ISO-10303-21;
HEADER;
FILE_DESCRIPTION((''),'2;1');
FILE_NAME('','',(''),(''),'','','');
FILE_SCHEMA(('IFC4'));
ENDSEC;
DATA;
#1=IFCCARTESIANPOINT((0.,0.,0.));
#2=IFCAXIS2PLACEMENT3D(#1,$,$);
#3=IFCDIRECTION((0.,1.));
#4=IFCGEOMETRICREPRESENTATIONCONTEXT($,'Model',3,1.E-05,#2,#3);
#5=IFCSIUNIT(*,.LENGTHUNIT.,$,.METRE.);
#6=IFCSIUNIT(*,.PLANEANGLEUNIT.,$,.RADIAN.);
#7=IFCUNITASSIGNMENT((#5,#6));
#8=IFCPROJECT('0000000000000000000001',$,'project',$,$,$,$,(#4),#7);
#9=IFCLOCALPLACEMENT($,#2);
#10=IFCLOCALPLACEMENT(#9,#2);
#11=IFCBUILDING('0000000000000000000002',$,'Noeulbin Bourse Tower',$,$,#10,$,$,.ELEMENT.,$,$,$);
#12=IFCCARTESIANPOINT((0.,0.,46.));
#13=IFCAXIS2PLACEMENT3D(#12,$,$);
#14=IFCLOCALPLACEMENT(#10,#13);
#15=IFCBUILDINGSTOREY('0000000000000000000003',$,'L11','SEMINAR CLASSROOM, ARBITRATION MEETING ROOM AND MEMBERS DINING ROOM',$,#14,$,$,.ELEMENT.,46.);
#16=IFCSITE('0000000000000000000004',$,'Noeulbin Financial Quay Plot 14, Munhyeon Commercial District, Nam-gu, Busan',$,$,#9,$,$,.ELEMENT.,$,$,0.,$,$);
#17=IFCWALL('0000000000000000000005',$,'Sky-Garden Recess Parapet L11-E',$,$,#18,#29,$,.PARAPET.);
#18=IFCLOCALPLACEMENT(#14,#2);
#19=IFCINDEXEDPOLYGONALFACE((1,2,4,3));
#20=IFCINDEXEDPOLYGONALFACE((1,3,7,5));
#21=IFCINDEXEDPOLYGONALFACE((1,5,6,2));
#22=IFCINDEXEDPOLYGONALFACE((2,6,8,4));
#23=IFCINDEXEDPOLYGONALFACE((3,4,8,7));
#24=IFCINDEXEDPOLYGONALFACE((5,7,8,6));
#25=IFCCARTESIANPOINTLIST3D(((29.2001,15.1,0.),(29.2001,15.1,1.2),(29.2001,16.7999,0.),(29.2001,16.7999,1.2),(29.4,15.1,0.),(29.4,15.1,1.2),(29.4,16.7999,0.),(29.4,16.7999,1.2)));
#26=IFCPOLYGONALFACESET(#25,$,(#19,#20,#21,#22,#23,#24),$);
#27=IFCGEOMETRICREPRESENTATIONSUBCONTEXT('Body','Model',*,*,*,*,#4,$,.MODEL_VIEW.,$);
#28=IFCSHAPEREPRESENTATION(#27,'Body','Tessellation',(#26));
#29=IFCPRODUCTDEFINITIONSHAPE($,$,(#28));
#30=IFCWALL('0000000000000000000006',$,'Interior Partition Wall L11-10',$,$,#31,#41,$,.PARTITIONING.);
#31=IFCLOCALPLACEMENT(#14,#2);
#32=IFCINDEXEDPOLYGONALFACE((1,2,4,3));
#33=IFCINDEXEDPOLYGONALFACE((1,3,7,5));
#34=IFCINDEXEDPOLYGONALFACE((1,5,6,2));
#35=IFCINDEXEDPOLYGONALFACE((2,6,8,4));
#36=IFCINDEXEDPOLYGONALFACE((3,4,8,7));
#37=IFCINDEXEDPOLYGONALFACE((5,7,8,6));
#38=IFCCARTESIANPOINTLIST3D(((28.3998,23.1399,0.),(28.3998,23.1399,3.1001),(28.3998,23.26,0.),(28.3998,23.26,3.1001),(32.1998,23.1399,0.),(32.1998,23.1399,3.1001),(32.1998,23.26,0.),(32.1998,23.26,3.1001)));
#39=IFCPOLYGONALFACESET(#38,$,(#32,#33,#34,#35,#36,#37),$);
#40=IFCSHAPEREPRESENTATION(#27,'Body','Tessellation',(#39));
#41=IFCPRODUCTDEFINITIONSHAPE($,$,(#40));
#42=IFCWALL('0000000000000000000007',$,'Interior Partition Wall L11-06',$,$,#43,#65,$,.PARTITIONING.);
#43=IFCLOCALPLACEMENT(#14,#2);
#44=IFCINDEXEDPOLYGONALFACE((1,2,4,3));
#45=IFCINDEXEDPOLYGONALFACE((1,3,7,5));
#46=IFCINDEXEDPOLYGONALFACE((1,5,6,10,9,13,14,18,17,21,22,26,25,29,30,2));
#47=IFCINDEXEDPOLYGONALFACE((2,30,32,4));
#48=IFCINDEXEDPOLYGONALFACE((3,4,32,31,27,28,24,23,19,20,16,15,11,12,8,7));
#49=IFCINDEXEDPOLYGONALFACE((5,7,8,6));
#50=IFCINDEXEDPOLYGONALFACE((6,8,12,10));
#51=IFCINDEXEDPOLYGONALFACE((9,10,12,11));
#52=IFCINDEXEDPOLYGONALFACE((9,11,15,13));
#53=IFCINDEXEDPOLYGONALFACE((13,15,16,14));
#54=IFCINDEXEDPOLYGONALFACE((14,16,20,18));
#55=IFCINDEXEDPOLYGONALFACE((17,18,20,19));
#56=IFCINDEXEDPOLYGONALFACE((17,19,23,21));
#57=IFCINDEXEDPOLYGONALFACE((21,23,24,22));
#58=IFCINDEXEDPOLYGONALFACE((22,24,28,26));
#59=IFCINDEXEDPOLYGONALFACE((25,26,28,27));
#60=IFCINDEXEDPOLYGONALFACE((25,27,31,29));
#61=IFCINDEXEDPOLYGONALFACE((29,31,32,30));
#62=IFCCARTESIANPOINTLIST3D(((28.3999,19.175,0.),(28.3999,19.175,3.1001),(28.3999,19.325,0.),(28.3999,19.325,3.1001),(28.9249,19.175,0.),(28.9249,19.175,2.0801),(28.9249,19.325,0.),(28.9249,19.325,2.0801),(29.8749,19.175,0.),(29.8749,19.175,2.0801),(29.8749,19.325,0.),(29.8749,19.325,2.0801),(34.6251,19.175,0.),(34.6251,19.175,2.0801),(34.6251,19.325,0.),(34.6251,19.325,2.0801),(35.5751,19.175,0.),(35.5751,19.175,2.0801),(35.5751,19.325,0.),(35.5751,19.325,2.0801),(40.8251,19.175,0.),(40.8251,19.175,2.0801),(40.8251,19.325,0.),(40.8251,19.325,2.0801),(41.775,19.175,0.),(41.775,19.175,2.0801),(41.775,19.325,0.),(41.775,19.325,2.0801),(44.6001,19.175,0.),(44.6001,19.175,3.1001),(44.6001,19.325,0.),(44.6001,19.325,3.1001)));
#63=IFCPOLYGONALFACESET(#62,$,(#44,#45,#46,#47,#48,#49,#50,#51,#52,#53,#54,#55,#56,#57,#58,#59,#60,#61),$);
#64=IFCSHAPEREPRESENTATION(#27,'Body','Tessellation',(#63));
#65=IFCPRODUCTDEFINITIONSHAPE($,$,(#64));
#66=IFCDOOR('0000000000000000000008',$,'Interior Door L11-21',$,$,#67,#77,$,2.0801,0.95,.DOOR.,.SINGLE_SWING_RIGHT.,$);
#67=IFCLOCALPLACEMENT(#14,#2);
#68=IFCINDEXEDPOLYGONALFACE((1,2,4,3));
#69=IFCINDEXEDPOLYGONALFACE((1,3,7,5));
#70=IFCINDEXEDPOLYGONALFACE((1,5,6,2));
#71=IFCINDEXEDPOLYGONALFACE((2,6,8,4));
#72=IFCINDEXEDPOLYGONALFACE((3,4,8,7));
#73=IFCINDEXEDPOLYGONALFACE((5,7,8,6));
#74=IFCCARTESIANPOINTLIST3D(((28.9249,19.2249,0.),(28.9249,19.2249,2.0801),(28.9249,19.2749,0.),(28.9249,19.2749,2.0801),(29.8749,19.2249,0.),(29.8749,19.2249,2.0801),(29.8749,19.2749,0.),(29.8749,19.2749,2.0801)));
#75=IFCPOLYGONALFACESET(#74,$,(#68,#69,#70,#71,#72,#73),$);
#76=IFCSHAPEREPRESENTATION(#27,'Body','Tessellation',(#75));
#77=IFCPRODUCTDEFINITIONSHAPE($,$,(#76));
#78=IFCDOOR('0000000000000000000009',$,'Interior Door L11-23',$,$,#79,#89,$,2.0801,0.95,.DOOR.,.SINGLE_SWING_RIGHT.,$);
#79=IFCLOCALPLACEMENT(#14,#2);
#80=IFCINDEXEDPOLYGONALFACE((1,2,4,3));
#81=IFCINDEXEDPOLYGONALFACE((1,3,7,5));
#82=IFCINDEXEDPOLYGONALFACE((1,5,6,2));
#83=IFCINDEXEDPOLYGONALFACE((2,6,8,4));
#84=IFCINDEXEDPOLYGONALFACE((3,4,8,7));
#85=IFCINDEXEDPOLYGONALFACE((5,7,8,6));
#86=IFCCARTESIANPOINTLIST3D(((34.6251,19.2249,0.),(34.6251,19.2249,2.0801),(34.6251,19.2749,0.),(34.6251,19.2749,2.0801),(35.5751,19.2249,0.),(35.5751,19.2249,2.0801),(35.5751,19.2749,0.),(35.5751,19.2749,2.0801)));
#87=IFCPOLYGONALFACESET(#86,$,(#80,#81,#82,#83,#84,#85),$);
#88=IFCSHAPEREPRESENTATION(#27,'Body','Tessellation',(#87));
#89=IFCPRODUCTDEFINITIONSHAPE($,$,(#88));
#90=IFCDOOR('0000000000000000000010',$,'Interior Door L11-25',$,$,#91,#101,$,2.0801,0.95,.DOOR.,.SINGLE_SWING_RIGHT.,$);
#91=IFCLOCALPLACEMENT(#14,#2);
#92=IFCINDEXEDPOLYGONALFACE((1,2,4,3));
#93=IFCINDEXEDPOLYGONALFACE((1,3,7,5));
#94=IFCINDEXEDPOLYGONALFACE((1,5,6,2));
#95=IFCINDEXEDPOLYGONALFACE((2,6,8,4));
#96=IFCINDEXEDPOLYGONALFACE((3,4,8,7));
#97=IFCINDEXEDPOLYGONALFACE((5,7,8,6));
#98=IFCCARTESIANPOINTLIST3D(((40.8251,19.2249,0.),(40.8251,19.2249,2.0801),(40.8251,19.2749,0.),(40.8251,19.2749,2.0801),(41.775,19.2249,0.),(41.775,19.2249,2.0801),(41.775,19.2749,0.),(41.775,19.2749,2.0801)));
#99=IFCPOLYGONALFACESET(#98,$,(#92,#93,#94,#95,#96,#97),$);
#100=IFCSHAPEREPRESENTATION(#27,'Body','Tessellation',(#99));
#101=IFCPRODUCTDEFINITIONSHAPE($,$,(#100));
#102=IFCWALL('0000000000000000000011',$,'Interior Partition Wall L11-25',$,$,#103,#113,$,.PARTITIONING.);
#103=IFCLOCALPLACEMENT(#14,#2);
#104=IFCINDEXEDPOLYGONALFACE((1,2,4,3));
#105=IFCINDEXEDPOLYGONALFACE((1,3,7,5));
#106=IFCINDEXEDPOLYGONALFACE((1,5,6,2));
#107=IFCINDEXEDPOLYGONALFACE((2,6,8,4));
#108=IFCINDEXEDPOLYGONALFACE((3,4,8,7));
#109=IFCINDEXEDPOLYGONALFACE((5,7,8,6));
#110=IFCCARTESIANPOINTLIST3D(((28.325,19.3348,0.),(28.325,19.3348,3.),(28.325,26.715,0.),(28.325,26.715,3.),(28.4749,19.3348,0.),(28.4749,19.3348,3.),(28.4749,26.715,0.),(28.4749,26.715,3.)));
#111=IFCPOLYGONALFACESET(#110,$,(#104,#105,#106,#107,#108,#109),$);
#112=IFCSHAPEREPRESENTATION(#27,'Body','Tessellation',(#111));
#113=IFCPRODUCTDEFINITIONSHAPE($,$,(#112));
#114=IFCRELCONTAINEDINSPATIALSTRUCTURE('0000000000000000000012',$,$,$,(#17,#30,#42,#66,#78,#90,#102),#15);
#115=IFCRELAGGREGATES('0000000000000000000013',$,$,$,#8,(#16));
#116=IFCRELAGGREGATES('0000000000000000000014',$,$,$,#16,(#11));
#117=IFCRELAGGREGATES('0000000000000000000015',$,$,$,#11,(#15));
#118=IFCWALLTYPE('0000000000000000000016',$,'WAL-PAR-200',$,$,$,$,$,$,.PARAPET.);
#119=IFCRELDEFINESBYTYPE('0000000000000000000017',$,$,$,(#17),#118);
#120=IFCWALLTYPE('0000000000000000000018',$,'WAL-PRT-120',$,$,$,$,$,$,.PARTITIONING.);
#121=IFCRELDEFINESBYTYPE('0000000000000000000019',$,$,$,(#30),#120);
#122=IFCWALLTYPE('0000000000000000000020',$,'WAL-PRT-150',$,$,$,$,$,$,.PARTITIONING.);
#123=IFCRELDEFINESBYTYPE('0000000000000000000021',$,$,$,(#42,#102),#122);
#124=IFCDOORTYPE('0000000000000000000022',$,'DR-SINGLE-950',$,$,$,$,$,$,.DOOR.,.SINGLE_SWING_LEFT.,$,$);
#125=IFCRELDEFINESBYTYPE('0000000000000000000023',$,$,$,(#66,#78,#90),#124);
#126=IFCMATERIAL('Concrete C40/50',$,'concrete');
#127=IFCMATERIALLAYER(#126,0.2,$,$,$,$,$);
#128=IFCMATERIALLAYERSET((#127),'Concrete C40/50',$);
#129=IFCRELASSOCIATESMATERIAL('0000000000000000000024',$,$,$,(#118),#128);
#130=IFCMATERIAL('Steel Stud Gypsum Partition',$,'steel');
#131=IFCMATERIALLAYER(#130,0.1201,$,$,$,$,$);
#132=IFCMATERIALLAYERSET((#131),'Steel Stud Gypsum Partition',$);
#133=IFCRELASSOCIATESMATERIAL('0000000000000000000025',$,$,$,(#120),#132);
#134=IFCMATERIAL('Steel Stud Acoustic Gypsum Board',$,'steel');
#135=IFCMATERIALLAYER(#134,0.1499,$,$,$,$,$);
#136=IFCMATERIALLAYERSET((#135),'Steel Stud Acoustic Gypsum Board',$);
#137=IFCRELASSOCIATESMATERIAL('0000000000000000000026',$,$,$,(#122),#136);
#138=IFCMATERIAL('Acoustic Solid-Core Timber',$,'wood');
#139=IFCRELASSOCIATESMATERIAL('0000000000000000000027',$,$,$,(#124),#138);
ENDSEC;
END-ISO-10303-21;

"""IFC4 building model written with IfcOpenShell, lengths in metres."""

from ifc_helpers import new_model, si_unit, direction, frame, frame_2d, origin, place, context, subcontext, project, spatial, rectangle, extrude, material, layer, layer_set, type_object, element, fill, save


model = new_model("IFC4")

# Units and contexts
model_context = context("Model", 3, precision=1e-05, world=origin(), true_north=direction((0.0, 1.0)))
body_context = subcontext(model_context, "Body", "Model", "MODEL_VIEW")
ifc_project = project(units=[si_unit("LENGTHUNIT", "METRE"), si_unit("PLANEANGLEUNIT", "RADIAN")], contexts=[model_context])

# Site, building, storey
site_placement = place(None, origin())
site = spatial("IfcSite", under=ifc_project, at=site_placement, Name="Noeulbin Financial Quay Plot 14, Munhyeon Commercial District, Nam-gu, Busan", CompositionType="ELEMENT", RefElevation=0.0)
building_placement = place(site_placement, origin())
building = spatial("IfcBuilding", under=site, at=building_placement, Name="Noeulbin Bourse Tower", CompositionType="ELEMENT")
storey_placement = place(building_placement, frame((0.0, 0.0, 46.0)))
storey = spatial("IfcBuildingStorey", under=building, at=storey_placement, Name="L11", Description="SEMINAR CLASSROOM, ARBITRATION MEETING ROOM AND MEMBERS DINING ROOM", CompositionType="ELEMENT", Elevation=46.0)

# Walls
ifc_material_1 = material(Name="Concrete C40/50", Category="concrete")
ifc_layer_1 = layer(ifc_material_1, 0.2)
ifc_layer_set_1 = layer_set([ifc_layer_1], Name="Concrete C40/50")
wall_type_1 = type_object("IfcWallType", Name="WAL-PAR-200", PredefinedType="PARAPET", material=ifc_layer_set_1)
wall_1_placement = place(storey_placement, frame((29.3, 16.8, 0.0), z_axis=(0.0, 0.0, 1.0), x_axis=(0.0, -1.0, 0.0)))
element("IfcWall", 1, at=wall_1_placement, inside=storey, type_object=wall_type_1, Name="Sky-Garden Recess Parapet L11-E", PredefinedType="PARAPET", context=body_context, shape_type="SweptSolid", body=[
    extrude(rectangle(XDim=1.7, YDim=0.2, at=frame_2d((0.8501, 0.0))), origin(), (0.0, 0.0, 1.0), 1.2),
])
ifc_material_2 = material(Name="Steel Stud Gypsum Partition", Category="steel")
ifc_layer_2 = layer(ifc_material_2, 0.1201)
ifc_layer_set_2 = layer_set([ifc_layer_2], Name="Steel Stud Gypsum Partition")
wall_type_2 = type_object("IfcWallType", Name="WAL-PRT-120", PredefinedType="PARTITIONING", material=ifc_layer_set_2)
wall_2_placement = place(storey_placement, frame((28.3999, 23.2, 0.0), z_axis=(0.0, 0.0, 1.0), x_axis=(1.0, 0.0, 0.0)))
element("IfcWall", 2, at=wall_2_placement, inside=storey, type_object=wall_type_2, Name="Interior Partition Wall L11-10", PredefinedType="PARTITIONING", context=body_context, shape_type="SweptSolid", body=[
    extrude(rectangle(XDim=3.8, YDim=0.1201, at=frame_2d((1.8999, 0.0))), origin(), (0.0, 0.0, 1.0), 3.1001),
])

# Wall, openings, doors
ifc_material_3 = material(Name="Steel Stud Acoustic Gypsum Board", Category="steel")
ifc_layer_3 = layer(ifc_material_3, 0.1499)
ifc_layer_set_3 = layer_set([ifc_layer_3], Name="Steel Stud Acoustic Gypsum Board")
wall_type_3 = type_object("IfcWallType", Name="WAL-PRT-150", PredefinedType="PARTITIONING", material=ifc_layer_set_3)
wall_3_placement = place(storey_placement, frame((28.3999, 19.25, 0.0), z_axis=(0.0, 0.0, 1.0), x_axis=(1.0, 0.0, 0.0)))
wall_3 = element("IfcWall", 3, at=wall_3_placement, inside=storey, type_object=wall_type_3, Name="Interior Partition Wall L11-06", PredefinedType="PARTITIONING", context=body_context, shape_type="SweptSolid", body=[
    extrude(rectangle(XDim=16.2002, YDim=0.1499, at=frame_2d((8.1001, 0.0))), origin(), (0.0, 0.0, 1.0), 3.1001),
])
opening_1_placement = place(wall_3_placement, frame((0.5249, 0.0, 0.0)))
opening_1 = element("IfcOpeningElement", 4, at=opening_1_placement, cuts=wall_3, PredefinedType="OPENING", context=body_context, shape_type="SweptSolid", body=[
    extrude(rectangle(XDim=0.95, YDim=2.0801, at=frame_2d((0.4751, 1.04))), frame((0.0, 0.085, 0.0), z_axis=(0.0, -1.0, 0.0), x_axis=(1.0, 0.0, 0.0)), (0.0, 0.0, 1.0), 0.1699),
])
opening_2_placement = place(wall_3_placement, frame((6.2251, 0.0, 0.0)))
opening_2 = element("IfcOpeningElement", 5, at=opening_2_placement, cuts=wall_3, PredefinedType="OPENING", context=body_context, shape_type="SweptSolid", body=[
    extrude(rectangle(XDim=0.95, YDim=2.0801, at=frame_2d((0.4751, 1.04))), frame((0.0, 0.085, 0.0), z_axis=(0.0, -1.0, 0.0), x_axis=(1.0, 0.0, 0.0)), (0.0, 0.0, 1.0), 0.1699),
])
opening_3_placement = place(wall_3_placement, frame((12.425, 0.0, 0.0)))
opening_3 = element("IfcOpeningElement", 6, at=opening_3_placement, cuts=wall_3, PredefinedType="OPENING", context=body_context, shape_type="SweptSolid", body=[
    extrude(rectangle(XDim=0.95, YDim=2.0801, at=frame_2d((0.4751, 1.04))), frame((0.0, 0.085, 0.0), z_axis=(0.0, -1.0, 0.0), x_axis=(1.0, 0.0, 0.0)), (0.0, 0.0, 1.0), 0.1699),
])
ifc_material_4 = material(Name="Acoustic Solid-Core Timber", Category="wood")
door_type = type_object("IfcDoorType", Name="DR-SINGLE-950", OperationType="SINGLE_SWING_LEFT", PredefinedType="DOOR", material=ifc_material_4)
door_1_placement = place(opening_1_placement, origin())
door_1 = element("IfcDoor", 7, at=door_1_placement, inside=storey, type_object=door_type, Name="Interior Door L11-21", OperationType="SINGLE_SWING_RIGHT", OverallHeight=2.0801, OverallWidth=0.95, PredefinedType="DOOR", context=body_context, shape_type="SweptSolid", body=[
    extrude(rectangle(XDim=0.95, YDim=2.0801, at=frame_2d((0.4751, 1.04))), frame((0.0, 0.0249, 0.0), z_axis=(0.0, -1.0, 0.0), x_axis=(1.0, 0.0, 0.0)), (0.0, 0.0, 1.0), 0.05),
])
fill(opening_1, door_1)
door_2_placement = place(opening_2_placement, origin())
door_2 = element("IfcDoor", 8, at=door_2_placement, inside=storey, type_object=door_type, Name="Interior Door L11-23", OperationType="SINGLE_SWING_RIGHT", OverallHeight=2.0801, OverallWidth=0.95, PredefinedType="DOOR", context=body_context, shape_type="SweptSolid", body=[
    extrude(rectangle(XDim=0.95, YDim=2.0801, at=frame_2d((0.4751, 1.04))), frame((0.0, 0.0249, 0.0), z_axis=(0.0, -1.0, 0.0), x_axis=(1.0, 0.0, 0.0)), (0.0, 0.0, 1.0), 0.05),
])
fill(opening_2, door_2)
door_3_placement = place(opening_3_placement, origin())
door_3 = element("IfcDoor", 9, at=door_3_placement, inside=storey, type_object=door_type, Name="Interior Door L11-25", OperationType="SINGLE_SWING_RIGHT", OverallHeight=2.0801, OverallWidth=0.95, PredefinedType="DOOR", context=body_context, shape_type="SweptSolid", body=[
    extrude(rectangle(XDim=0.95, YDim=2.0801, at=frame_2d((0.4751, 1.04))), frame((0.0, 0.0249, 0.0), z_axis=(0.0, -1.0, 0.0), x_axis=(1.0, 0.0, 0.0)), (0.0, 0.0, 1.0), 0.05),
])
fill(opening_3, door_3)

# Wall
wall_4_placement = place(storey_placement, frame((28.3999, 19.335, 0.0), z_axis=(0.0, 0.0, 1.0), x_axis=(0.0, 1.0, 0.0)))
element("IfcWall", 10, at=wall_4_placement, inside=storey, type_object=wall_type_3, Name="Interior Partition Wall L11-25", PredefinedType="PARTITIONING", context=body_context, shape_type="SweptSolid", body=[
    extrude(rectangle(XDim=7.3801, YDim=0.1499, at=frame_2d((3.6899, 0.0))), origin(), (0.0, 0.0, 1.0), 3.0),
])

save(model, "model.ifc")
